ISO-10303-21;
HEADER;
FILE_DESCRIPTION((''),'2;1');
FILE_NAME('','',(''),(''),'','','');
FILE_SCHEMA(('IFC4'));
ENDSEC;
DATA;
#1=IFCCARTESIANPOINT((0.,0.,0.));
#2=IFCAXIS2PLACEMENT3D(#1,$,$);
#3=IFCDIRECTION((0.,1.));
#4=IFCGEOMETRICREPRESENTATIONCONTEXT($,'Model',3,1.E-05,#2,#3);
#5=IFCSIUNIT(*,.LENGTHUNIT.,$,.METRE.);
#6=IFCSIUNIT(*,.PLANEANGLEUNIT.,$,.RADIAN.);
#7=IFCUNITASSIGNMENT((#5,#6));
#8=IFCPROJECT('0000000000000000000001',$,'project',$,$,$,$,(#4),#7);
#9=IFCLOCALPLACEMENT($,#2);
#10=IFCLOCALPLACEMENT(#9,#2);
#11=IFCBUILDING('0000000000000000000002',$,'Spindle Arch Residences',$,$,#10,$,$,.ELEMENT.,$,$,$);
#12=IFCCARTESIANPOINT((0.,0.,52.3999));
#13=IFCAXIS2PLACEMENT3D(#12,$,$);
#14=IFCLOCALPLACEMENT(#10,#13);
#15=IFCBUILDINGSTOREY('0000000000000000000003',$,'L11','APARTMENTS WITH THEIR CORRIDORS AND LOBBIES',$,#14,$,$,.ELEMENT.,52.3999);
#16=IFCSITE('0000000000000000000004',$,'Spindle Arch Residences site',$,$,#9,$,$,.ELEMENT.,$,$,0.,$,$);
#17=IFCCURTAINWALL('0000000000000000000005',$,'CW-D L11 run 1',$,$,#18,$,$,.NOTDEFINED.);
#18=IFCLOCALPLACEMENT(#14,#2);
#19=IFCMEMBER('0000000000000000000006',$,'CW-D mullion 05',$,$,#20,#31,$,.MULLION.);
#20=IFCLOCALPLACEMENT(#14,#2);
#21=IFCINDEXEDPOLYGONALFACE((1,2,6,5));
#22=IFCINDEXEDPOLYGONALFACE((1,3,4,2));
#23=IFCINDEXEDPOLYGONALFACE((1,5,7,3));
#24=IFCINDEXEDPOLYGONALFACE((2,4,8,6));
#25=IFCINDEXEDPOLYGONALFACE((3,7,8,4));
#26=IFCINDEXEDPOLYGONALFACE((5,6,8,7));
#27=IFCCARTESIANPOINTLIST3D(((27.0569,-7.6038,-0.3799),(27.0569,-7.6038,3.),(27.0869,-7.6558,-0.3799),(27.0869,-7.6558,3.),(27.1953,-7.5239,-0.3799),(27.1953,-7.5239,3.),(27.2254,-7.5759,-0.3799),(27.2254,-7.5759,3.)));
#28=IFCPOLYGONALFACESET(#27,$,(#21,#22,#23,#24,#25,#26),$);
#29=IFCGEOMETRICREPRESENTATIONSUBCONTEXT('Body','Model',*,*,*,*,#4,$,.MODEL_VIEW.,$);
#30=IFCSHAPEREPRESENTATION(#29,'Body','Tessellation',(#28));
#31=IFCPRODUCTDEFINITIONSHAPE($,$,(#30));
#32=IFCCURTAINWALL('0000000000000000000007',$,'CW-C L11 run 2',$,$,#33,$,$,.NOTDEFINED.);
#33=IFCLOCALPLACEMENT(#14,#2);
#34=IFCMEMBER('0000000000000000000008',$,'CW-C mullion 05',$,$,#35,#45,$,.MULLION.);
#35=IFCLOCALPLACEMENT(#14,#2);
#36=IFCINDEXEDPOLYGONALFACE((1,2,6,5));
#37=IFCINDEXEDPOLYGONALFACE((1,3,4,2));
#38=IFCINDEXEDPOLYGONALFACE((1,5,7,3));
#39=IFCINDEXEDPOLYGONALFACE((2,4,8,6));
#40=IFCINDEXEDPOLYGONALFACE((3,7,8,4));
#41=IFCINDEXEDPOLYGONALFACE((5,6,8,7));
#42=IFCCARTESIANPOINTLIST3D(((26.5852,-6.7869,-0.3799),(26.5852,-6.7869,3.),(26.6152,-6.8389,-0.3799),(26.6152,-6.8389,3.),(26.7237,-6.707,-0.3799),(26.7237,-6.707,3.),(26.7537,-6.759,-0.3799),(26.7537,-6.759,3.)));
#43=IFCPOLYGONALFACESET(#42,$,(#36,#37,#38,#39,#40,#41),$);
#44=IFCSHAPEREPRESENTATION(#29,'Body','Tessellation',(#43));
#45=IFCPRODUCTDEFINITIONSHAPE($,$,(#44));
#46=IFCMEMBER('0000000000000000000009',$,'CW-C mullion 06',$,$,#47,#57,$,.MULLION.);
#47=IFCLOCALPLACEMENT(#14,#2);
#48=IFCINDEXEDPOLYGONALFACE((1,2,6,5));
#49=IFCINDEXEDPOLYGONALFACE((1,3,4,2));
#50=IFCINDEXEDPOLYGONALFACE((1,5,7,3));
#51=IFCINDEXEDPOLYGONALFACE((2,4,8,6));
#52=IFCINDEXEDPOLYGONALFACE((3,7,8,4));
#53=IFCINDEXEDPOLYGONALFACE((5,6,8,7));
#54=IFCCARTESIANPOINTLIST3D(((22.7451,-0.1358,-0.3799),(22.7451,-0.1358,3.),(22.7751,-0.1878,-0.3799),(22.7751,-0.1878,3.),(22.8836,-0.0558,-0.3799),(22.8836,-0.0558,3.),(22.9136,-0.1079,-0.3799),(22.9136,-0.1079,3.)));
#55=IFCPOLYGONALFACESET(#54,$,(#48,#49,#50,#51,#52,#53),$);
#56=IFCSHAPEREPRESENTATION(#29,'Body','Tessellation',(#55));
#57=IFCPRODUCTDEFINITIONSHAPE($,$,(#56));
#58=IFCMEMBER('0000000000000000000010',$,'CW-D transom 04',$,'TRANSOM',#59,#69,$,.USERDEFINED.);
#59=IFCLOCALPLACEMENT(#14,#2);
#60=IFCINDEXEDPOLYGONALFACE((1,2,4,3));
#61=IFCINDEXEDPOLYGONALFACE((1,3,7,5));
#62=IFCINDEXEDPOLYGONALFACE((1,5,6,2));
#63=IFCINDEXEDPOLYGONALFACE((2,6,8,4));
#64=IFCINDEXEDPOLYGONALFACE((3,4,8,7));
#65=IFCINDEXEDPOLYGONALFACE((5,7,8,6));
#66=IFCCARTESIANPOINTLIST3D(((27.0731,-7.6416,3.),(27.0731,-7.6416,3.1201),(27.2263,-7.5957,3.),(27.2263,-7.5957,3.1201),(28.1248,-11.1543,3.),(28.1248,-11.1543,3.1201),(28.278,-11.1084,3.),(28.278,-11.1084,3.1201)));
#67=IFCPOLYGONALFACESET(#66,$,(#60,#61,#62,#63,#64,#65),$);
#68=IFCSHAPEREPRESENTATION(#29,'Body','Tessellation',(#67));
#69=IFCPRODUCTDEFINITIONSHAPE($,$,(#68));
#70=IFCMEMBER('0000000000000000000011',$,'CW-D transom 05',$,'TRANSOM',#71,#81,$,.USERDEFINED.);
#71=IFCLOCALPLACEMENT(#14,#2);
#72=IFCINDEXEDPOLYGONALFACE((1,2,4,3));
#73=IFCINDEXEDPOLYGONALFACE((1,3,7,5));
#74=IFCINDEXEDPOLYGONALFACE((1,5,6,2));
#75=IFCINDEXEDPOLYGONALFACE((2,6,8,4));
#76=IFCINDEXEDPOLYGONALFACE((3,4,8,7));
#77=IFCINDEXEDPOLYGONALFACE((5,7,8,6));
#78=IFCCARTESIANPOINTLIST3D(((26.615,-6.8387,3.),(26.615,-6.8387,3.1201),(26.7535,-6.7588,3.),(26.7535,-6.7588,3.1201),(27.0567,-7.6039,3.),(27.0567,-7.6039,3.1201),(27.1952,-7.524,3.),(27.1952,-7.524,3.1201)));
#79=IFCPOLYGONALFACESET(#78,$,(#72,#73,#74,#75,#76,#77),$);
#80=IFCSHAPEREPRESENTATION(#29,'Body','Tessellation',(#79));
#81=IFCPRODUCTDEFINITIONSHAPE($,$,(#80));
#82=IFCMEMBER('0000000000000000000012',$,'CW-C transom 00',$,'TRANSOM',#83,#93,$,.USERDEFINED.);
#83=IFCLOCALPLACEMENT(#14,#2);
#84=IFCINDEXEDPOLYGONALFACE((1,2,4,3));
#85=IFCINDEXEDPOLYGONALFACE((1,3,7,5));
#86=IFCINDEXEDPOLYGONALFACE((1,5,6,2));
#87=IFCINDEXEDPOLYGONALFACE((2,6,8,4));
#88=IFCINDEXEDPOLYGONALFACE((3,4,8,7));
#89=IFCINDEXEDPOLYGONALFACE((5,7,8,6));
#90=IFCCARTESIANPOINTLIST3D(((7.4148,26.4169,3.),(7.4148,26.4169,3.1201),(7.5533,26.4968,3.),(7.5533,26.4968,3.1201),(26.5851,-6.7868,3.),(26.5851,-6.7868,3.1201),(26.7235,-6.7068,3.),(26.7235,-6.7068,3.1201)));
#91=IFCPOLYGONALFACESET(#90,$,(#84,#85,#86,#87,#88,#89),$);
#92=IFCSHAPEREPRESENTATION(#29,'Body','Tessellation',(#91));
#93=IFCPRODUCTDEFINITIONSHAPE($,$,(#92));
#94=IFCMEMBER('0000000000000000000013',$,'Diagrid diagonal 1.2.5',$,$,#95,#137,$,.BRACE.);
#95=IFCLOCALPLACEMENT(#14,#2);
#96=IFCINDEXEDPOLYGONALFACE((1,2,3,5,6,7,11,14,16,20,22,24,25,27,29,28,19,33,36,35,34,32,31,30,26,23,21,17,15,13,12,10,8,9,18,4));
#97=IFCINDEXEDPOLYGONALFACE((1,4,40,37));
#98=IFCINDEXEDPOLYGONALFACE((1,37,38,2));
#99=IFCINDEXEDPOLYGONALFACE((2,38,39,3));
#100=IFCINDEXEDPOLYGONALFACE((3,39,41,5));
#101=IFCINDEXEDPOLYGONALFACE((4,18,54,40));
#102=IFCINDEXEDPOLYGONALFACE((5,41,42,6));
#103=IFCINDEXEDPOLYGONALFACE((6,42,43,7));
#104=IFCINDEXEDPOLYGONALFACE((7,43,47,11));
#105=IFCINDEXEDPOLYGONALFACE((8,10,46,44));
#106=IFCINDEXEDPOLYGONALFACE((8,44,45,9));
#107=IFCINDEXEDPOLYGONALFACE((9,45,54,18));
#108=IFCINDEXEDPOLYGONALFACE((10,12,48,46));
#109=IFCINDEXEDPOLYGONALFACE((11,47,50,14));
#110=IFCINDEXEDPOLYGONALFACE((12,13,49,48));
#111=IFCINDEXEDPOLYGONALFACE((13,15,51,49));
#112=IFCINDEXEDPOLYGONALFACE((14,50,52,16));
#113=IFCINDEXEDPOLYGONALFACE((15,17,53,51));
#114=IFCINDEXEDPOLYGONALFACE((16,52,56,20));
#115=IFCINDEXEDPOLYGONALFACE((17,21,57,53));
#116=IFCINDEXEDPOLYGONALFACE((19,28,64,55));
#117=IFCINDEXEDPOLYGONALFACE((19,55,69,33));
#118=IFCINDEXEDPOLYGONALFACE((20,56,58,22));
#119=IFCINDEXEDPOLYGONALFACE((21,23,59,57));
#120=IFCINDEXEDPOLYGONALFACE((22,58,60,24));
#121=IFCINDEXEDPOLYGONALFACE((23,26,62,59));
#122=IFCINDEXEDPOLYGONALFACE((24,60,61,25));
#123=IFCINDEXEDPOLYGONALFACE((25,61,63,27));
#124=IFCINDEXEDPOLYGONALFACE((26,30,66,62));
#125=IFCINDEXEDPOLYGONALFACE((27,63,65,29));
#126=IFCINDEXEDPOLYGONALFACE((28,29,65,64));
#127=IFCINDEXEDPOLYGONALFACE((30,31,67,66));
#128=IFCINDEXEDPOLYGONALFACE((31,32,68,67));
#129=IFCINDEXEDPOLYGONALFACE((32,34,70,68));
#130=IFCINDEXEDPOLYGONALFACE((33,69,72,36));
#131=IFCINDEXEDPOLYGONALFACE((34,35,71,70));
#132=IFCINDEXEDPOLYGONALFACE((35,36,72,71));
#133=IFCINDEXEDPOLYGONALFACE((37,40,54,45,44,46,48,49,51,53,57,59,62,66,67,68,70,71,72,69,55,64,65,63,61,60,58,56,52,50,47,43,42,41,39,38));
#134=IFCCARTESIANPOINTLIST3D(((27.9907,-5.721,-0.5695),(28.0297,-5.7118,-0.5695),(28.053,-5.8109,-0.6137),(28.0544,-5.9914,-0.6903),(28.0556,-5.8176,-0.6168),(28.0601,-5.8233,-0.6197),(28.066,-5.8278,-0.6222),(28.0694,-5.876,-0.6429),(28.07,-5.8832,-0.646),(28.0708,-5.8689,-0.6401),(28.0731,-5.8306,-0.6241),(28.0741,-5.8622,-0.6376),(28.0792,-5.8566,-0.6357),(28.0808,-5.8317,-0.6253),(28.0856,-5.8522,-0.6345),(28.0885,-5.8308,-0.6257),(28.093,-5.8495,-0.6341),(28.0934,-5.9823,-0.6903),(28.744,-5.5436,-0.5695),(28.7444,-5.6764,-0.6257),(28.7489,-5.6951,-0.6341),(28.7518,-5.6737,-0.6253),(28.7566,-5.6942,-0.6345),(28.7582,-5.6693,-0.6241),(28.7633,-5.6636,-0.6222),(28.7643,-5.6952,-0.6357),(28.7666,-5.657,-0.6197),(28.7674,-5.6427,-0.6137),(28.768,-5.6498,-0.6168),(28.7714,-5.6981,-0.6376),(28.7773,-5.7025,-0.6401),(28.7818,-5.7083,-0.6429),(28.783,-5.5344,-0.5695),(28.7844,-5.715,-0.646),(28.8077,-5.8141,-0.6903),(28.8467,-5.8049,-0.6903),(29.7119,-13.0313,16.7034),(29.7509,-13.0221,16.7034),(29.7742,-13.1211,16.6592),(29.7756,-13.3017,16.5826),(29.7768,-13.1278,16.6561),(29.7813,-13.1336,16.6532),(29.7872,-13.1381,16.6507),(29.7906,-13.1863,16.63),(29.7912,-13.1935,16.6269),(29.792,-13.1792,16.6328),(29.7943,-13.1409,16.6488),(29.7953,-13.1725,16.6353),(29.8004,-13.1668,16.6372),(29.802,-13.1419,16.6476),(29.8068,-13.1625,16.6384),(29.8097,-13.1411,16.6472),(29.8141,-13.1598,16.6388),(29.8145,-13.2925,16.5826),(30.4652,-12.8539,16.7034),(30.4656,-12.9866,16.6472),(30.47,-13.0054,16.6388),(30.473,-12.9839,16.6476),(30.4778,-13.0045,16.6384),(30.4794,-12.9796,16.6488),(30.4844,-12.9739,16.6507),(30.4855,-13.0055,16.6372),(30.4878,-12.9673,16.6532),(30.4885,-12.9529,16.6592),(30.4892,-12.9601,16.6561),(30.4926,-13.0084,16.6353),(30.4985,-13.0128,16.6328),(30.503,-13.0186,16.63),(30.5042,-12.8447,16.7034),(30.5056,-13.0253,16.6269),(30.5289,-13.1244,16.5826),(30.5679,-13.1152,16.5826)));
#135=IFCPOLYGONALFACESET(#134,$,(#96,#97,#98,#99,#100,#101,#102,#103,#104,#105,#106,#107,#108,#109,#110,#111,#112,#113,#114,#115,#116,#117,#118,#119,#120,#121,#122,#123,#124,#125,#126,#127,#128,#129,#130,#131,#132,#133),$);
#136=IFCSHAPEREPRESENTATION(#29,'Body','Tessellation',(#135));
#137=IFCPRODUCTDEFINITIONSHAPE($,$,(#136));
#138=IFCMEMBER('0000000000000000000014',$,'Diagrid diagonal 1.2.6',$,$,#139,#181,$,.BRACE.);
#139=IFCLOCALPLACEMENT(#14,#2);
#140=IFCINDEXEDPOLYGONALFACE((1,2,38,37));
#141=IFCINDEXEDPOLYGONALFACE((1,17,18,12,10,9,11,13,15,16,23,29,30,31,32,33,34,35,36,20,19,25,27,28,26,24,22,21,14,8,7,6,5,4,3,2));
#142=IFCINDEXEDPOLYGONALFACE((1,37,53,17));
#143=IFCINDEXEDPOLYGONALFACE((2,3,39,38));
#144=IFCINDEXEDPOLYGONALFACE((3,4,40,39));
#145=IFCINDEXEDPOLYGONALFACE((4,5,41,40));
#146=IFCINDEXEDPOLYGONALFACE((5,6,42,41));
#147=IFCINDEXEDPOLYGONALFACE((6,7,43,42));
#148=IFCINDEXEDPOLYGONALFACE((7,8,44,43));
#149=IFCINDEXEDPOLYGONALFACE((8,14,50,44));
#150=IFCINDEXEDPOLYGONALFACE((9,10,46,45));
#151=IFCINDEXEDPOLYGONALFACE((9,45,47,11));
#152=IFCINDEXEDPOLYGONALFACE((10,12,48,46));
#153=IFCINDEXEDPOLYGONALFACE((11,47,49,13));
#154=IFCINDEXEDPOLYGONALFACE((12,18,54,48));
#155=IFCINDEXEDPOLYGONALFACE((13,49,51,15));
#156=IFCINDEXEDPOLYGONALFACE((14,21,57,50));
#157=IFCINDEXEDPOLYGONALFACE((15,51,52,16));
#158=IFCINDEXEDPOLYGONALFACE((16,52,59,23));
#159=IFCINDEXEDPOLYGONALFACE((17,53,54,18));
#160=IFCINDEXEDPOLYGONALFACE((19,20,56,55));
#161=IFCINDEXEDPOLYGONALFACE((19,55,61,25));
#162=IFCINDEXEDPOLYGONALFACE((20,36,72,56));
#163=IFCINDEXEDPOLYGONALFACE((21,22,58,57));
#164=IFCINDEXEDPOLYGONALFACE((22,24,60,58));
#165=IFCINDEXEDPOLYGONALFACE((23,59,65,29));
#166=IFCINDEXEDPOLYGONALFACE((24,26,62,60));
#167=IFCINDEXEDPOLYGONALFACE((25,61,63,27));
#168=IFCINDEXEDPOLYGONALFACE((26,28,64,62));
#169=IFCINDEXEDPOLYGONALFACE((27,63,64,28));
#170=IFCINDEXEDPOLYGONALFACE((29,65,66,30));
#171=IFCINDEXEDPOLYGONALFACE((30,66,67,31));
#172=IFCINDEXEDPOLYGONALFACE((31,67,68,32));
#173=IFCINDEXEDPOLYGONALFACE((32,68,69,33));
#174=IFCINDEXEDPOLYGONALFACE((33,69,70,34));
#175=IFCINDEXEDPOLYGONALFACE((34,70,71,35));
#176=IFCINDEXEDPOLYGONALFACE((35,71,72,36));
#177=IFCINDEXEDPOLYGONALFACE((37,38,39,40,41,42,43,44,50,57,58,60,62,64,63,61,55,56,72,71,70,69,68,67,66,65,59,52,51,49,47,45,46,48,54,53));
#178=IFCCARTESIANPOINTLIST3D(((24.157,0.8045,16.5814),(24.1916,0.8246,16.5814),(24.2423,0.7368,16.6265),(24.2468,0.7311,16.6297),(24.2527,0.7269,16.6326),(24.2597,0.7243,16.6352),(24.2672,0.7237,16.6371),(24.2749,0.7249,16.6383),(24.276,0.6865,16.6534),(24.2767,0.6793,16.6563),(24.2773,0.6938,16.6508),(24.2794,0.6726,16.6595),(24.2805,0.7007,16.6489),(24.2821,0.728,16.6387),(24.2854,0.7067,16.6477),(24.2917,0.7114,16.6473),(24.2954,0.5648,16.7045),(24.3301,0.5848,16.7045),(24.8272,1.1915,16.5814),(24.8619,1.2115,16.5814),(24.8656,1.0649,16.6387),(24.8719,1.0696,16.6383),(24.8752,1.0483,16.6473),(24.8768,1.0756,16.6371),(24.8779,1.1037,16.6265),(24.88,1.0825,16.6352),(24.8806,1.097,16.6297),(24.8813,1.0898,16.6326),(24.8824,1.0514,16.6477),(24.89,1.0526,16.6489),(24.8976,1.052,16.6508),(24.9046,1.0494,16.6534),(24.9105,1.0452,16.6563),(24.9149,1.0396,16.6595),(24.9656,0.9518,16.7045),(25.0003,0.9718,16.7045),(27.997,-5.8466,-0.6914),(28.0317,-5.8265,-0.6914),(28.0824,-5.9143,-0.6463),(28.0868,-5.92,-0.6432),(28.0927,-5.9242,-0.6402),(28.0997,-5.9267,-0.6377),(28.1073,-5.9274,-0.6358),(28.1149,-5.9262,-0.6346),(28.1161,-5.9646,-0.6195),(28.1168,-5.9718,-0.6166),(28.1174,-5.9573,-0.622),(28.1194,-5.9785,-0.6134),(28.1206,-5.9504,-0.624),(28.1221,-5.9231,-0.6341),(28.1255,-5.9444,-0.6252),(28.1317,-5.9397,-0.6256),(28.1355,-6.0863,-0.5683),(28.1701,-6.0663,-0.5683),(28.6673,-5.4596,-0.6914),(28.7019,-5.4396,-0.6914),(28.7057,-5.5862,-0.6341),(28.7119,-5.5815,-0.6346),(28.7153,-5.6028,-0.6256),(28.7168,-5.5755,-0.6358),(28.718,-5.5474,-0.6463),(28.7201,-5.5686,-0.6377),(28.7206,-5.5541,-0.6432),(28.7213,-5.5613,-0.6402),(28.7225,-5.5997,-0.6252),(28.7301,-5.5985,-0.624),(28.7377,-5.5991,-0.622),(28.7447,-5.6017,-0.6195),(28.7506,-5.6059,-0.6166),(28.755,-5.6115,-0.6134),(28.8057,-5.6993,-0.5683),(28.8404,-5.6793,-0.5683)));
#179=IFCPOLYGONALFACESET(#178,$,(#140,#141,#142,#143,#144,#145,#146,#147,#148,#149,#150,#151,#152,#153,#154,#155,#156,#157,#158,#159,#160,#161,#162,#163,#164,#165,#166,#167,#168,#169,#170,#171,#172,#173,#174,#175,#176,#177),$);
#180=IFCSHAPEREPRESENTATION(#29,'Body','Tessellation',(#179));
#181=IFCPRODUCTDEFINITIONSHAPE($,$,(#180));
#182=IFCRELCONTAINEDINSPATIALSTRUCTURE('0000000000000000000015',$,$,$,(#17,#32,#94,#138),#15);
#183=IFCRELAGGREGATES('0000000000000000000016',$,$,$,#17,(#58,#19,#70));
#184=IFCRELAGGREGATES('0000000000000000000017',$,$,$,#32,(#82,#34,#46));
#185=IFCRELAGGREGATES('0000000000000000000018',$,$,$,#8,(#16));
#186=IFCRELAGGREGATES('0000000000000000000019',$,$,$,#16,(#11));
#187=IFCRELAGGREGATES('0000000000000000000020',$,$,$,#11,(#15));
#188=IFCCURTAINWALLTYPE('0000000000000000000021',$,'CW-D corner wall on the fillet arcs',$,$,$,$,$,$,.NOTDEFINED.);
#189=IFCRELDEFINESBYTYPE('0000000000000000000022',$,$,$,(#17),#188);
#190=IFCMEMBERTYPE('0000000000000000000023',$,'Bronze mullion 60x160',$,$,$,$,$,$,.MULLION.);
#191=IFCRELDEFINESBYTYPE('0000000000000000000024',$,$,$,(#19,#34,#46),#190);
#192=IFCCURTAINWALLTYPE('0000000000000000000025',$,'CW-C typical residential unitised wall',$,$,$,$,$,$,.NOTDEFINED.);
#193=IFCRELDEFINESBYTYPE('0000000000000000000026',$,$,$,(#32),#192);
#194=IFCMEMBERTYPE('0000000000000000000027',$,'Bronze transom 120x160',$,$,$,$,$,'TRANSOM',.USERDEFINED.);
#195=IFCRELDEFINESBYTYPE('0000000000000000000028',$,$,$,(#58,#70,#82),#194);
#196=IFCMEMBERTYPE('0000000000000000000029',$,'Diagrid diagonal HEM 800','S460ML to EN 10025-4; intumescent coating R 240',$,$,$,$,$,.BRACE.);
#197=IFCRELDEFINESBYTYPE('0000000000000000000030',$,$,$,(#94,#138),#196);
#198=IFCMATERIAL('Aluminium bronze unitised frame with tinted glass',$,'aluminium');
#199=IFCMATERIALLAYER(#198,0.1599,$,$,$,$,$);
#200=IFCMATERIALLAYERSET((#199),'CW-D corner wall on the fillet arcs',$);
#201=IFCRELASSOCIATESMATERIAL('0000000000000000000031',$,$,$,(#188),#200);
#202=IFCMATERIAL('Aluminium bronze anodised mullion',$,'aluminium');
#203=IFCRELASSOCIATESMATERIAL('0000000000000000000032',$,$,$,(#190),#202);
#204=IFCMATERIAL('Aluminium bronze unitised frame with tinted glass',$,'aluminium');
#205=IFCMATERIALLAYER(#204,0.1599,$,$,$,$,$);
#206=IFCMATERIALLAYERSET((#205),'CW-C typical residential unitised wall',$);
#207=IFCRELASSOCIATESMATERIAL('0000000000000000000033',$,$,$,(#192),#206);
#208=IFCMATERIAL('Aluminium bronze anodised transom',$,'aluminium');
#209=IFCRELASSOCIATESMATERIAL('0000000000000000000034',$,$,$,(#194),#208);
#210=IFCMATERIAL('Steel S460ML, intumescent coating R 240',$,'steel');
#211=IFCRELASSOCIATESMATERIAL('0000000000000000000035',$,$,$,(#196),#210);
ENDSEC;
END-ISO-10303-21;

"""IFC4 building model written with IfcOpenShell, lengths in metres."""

from ifc_helpers import new_model, si_unit, direction, frame, origin, origin_2d, place, context, subcontext, project, spatial, rectangle, i_section, extrude, material, layer, layer_set, material_profile, profile_set, type_object, element, aggregate, save


model = new_model("IFC4")

# Units and contexts
model_context = context("Model", 3, precision=1e-05, world=origin(), true_north=direction((0.0, 1.0)))
body_context = subcontext(model_context, "Body", "Model", "MODEL_VIEW")
ifc_project = project(units=[si_unit("LENGTHUNIT", "METRE"), si_unit("PLANEANGLEUNIT", "RADIAN")], contexts=[model_context])

# Site, building, storey
site_placement = place(None, origin())
site = spatial("IfcSite", under=ifc_project, at=site_placement, Name="Spindle Arch Residences site", CompositionType="ELEMENT", RefElevation=0.0)
building_placement = place(site_placement, origin())
building = spatial("IfcBuilding", under=site, at=building_placement, Name="Spindle Arch Residences", CompositionType="ELEMENT")
storey_placement = place(building_placement, frame((0.0, 0.0, 52.3999)))
storey = spatial("IfcBuildingStorey", under=building, at=storey_placement, Name="L11", Description="APARTMENTS WITH THEIR CORRIDORS AND LOBBIES", CompositionType="ELEMENT", Elevation=52.3999)

# Curtain walls, members
ifc_material_1 = material(Name="Aluminium bronze unitised frame with tinted glass", Category="aluminium")
ifc_layer_1 = layer(ifc_material_1, 0.1599)
ifc_layer_set_1 = layer_set([ifc_layer_1], Name="CW-D corner wall on the fillet arcs")
curtain_wall_type_1 = type_object("IfcCurtainWallType", Name="CW-D corner wall on the fillet arcs", PredefinedType="NOTDEFINED", material=ifc_layer_set_1)
curtain_wall_1_placement = place(storey_placement, origin())
curtain_wall_1 = element("IfcCurtainWall", 1, at=curtain_wall_1_placement, inside=storey, type_object=curtain_wall_type_1, Name="CW-D L11 run 1", PredefinedType="NOTDEFINED")
ifc_material_2 = material(Name="Aluminium bronze anodised mullion", Category="aluminium")
ifc_material_profile_1 = material_profile(ifc_material_2, rectangle(XDim=0.1599, YDim=0.0601, at=origin_2d()), Name="MU 60x160")
ifc_profile_set_1 = profile_set([ifc_material_profile_1], Name="Aluminium bronze anodised mullion")
member_type_1 = type_object("IfcMemberType", Name="Bronze mullion 60x160", PredefinedType="MULLION", material=ifc_profile_set_1)
member_1_placement = place(storey_placement, frame((27.1411, -7.5898, -0.3799), z_axis=(0.0, 0.0, 1.0), x_axis=(-0.866025, -0.5, 0.0)))
member_1 = element("IfcMember", 2, at=member_1_placement, type_object=member_type_1, Name="CW-D mullion 05", PredefinedType="MULLION", context=body_context, shape_type="SweptSolid", body=[
    extrude(rectangle(XDim=0.1599, YDim=0.0601, at=origin_2d()), origin(), (0.0, 0.0, 1.0), 3.3799),
])
ifc_material_3 = material(Name="Aluminium bronze unitised frame with tinted glass", Category="aluminium")
ifc_layer_2 = layer(ifc_material_3, 0.1599)
ifc_layer_set_2 = layer_set([ifc_layer_2], Name="CW-C typical residential unitised wall")
curtain_wall_type_2 = type_object("IfcCurtainWallType", Name="CW-C typical residential unitised wall", PredefinedType="NOTDEFINED", material=ifc_layer_set_2)
curtain_wall_2_placement = place(storey_placement, origin())
curtain_wall_2 = element("IfcCurtainWall", 3, at=curtain_wall_2_placement, inside=storey, type_object=curtain_wall_type_2, Name="CW-C L11 run 2", PredefinedType="NOTDEFINED")
member_2_placement = place(storey_placement, frame((26.6694, -6.7729, -0.3799), z_axis=(0.0, 0.0, 1.0), x_axis=(-0.866025, -0.5, 0.0)))
member_2 = element("IfcMember", 4, at=member_2_placement, type_object=member_type_1, Name="CW-C mullion 05", PredefinedType="MULLION", context=body_context, shape_type="SweptSolid", body=[
    extrude(rectangle(XDim=0.1599, YDim=0.0601, at=origin_2d()), origin(), (0.0, 0.0, 1.0), 3.3799),
])
member_3_placement = place(storey_placement, frame((22.8293, -0.1218, -0.3799), z_axis=(0.0, 0.0, 1.0), x_axis=(-0.866025, -0.5, 0.0)))
member_3 = element("IfcMember", 5, at=member_3_placement, type_object=member_type_1, Name="CW-C mullion 06", PredefinedType="MULLION", context=body_context, shape_type="SweptSolid", body=[
    extrude(rectangle(XDim=0.1599, YDim=0.0601, at=origin_2d()), origin(), (0.0, 0.0, 1.0), 3.3799),
])

# Members
ifc_material_4 = material(Name="Aluminium bronze anodised transom", Category="aluminium")
ifc_material_profile_2 = material_profile(ifc_material_4, rectangle(XDim=0.1599, YDim=0.1201, at=origin_2d()), Name="TR 120x160")
ifc_profile_set_2 = profile_set([ifc_material_profile_2], Name="Aluminium bronze anodised transom")
member_type_2 = type_object("IfcMemberType", Name="Bronze transom 120x160", ElementType="TRANSOM", PredefinedType="USERDEFINED", material=ifc_profile_set_2)
member_4_placement = place(storey_placement, frame((28.2014, -11.1313, 3.0601), z_axis=(-0.286835, 0.95798, 0.0), x_axis=(-0.95798, -0.286835, 0.0)))
member_4 = element("IfcMember", 6, at=member_4_placement, type_object=member_type_2, Name="CW-D transom 04", ObjectType="TRANSOM", PredefinedType="USERDEFINED", context=body_context, shape_type="SweptSolid", body=[
    extrude(rectangle(XDim=0.1599, YDim=0.1201, at=origin_2d()), origin(), (0.0, 0.0, 1.0), 3.6667),
])
member_5_placement = place(storey_placement, frame((27.126, -7.564, 3.0601), z_axis=(-0.499914, 0.866075, 0.0), x_axis=(-0.866075, -0.499914, 0.0)))
member_5 = element("IfcMember", 7, at=member_5_placement, type_object=member_type_2, Name="CW-D transom 05", ObjectType="TRANSOM", PredefinedType="USERDEFINED", context=body_context, shape_type="SweptSolid", body=[
    extrude(rectangle(XDim=0.1599, YDim=0.1201, at=origin_2d()), origin(), (0.0, 0.0, 1.0), 0.8835),
])
member_6_placement = place(storey_placement, frame((26.6543, -6.7468, 3.0601), z_axis=(-0.500001, 0.866025, 0.0), x_axis=(-0.866025, -0.500001, 0.0)))
member_6 = element("IfcMember", 8, at=member_6_placement, type_object=member_type_2, Name="CW-C transom 00", ObjectType="TRANSOM", PredefinedType="USERDEFINED", context=body_context, shape_type="SweptSolid", body=[
    extrude(rectangle(XDim=0.1599, YDim=0.1201, at=origin_2d()), origin(), (0.0, 0.0, 1.0), 38.3403),
])

# Members
ifc_material_5 = material(Name="Steel S460ML, intumescent coating R 240", Category="steel")
ifc_material_profile_3 = material_profile(ifc_material_5, i_section(OverallWidth=0.303, OverallDepth=0.814, WebThickness=0.021, FlangeThickness=0.04, FilletRadius=0.03, at=origin_2d()), Name="HEM 800")
ifc_profile_set_3 = profile_set([ifc_material_profile_3], Name="Steel S460ML, intumescent coating R 240")
member_type_3 = type_object("IfcMemberType", Name="Diagrid diagonal HEM 800", Description="S460ML to EN 10025-4; intumescent coating R 240", PredefinedType="BRACE", material=ifc_profile_set_3)
member_7_placement = place(storey_placement, frame((28.4187, -5.7629, -0.6299), z_axis=(0.091383, -0.388123, 0.917066), x_axis=(-0.210174, 0.892657, 0.398736)))
element("IfcMember", 9, at=member_7_placement, inside=storey, type_object=member_type_3, Name="Diagrid diagonal 1.2.5", PredefinedType="BRACE", context=body_context, shape_type="SweptSolid", body=[
    extrude(i_section(OverallWidth=0.303, OverallDepth=0.814, WebThickness=0.021, FlangeThickness=0.04, FilletRadius=0.03, at=origin_2d()), origin(), (0.0, 0.0, 1.0), 18.835),
])
member_8_placement = place(storey_placement, frame((28.4187, -5.7629, -0.6299), z_axis=(-0.203143, 0.351848, 0.913748), x_axis=(0.45688, -0.791326, 0.406281)))
element("IfcMember", 10, at=member_8_placement, inside=storey, type_object=member_type_3, Name="Diagrid diagonal 1.2.6", PredefinedType="BRACE", context=body_context, shape_type="SweptSolid", body=[
    extrude(i_section(OverallWidth=0.303, OverallDepth=0.814, WebThickness=0.021, FlangeThickness=0.04, FilletRadius=0.03, at=origin_2d()), origin(), (0.0, 0.0, 1.0), 18.9033),
])

aggregate(curtain_wall_1, [member_4, member_1, member_5])
aggregate(curtain_wall_2, [member_6, member_2, member_3])

save(model, "model.ifc")
